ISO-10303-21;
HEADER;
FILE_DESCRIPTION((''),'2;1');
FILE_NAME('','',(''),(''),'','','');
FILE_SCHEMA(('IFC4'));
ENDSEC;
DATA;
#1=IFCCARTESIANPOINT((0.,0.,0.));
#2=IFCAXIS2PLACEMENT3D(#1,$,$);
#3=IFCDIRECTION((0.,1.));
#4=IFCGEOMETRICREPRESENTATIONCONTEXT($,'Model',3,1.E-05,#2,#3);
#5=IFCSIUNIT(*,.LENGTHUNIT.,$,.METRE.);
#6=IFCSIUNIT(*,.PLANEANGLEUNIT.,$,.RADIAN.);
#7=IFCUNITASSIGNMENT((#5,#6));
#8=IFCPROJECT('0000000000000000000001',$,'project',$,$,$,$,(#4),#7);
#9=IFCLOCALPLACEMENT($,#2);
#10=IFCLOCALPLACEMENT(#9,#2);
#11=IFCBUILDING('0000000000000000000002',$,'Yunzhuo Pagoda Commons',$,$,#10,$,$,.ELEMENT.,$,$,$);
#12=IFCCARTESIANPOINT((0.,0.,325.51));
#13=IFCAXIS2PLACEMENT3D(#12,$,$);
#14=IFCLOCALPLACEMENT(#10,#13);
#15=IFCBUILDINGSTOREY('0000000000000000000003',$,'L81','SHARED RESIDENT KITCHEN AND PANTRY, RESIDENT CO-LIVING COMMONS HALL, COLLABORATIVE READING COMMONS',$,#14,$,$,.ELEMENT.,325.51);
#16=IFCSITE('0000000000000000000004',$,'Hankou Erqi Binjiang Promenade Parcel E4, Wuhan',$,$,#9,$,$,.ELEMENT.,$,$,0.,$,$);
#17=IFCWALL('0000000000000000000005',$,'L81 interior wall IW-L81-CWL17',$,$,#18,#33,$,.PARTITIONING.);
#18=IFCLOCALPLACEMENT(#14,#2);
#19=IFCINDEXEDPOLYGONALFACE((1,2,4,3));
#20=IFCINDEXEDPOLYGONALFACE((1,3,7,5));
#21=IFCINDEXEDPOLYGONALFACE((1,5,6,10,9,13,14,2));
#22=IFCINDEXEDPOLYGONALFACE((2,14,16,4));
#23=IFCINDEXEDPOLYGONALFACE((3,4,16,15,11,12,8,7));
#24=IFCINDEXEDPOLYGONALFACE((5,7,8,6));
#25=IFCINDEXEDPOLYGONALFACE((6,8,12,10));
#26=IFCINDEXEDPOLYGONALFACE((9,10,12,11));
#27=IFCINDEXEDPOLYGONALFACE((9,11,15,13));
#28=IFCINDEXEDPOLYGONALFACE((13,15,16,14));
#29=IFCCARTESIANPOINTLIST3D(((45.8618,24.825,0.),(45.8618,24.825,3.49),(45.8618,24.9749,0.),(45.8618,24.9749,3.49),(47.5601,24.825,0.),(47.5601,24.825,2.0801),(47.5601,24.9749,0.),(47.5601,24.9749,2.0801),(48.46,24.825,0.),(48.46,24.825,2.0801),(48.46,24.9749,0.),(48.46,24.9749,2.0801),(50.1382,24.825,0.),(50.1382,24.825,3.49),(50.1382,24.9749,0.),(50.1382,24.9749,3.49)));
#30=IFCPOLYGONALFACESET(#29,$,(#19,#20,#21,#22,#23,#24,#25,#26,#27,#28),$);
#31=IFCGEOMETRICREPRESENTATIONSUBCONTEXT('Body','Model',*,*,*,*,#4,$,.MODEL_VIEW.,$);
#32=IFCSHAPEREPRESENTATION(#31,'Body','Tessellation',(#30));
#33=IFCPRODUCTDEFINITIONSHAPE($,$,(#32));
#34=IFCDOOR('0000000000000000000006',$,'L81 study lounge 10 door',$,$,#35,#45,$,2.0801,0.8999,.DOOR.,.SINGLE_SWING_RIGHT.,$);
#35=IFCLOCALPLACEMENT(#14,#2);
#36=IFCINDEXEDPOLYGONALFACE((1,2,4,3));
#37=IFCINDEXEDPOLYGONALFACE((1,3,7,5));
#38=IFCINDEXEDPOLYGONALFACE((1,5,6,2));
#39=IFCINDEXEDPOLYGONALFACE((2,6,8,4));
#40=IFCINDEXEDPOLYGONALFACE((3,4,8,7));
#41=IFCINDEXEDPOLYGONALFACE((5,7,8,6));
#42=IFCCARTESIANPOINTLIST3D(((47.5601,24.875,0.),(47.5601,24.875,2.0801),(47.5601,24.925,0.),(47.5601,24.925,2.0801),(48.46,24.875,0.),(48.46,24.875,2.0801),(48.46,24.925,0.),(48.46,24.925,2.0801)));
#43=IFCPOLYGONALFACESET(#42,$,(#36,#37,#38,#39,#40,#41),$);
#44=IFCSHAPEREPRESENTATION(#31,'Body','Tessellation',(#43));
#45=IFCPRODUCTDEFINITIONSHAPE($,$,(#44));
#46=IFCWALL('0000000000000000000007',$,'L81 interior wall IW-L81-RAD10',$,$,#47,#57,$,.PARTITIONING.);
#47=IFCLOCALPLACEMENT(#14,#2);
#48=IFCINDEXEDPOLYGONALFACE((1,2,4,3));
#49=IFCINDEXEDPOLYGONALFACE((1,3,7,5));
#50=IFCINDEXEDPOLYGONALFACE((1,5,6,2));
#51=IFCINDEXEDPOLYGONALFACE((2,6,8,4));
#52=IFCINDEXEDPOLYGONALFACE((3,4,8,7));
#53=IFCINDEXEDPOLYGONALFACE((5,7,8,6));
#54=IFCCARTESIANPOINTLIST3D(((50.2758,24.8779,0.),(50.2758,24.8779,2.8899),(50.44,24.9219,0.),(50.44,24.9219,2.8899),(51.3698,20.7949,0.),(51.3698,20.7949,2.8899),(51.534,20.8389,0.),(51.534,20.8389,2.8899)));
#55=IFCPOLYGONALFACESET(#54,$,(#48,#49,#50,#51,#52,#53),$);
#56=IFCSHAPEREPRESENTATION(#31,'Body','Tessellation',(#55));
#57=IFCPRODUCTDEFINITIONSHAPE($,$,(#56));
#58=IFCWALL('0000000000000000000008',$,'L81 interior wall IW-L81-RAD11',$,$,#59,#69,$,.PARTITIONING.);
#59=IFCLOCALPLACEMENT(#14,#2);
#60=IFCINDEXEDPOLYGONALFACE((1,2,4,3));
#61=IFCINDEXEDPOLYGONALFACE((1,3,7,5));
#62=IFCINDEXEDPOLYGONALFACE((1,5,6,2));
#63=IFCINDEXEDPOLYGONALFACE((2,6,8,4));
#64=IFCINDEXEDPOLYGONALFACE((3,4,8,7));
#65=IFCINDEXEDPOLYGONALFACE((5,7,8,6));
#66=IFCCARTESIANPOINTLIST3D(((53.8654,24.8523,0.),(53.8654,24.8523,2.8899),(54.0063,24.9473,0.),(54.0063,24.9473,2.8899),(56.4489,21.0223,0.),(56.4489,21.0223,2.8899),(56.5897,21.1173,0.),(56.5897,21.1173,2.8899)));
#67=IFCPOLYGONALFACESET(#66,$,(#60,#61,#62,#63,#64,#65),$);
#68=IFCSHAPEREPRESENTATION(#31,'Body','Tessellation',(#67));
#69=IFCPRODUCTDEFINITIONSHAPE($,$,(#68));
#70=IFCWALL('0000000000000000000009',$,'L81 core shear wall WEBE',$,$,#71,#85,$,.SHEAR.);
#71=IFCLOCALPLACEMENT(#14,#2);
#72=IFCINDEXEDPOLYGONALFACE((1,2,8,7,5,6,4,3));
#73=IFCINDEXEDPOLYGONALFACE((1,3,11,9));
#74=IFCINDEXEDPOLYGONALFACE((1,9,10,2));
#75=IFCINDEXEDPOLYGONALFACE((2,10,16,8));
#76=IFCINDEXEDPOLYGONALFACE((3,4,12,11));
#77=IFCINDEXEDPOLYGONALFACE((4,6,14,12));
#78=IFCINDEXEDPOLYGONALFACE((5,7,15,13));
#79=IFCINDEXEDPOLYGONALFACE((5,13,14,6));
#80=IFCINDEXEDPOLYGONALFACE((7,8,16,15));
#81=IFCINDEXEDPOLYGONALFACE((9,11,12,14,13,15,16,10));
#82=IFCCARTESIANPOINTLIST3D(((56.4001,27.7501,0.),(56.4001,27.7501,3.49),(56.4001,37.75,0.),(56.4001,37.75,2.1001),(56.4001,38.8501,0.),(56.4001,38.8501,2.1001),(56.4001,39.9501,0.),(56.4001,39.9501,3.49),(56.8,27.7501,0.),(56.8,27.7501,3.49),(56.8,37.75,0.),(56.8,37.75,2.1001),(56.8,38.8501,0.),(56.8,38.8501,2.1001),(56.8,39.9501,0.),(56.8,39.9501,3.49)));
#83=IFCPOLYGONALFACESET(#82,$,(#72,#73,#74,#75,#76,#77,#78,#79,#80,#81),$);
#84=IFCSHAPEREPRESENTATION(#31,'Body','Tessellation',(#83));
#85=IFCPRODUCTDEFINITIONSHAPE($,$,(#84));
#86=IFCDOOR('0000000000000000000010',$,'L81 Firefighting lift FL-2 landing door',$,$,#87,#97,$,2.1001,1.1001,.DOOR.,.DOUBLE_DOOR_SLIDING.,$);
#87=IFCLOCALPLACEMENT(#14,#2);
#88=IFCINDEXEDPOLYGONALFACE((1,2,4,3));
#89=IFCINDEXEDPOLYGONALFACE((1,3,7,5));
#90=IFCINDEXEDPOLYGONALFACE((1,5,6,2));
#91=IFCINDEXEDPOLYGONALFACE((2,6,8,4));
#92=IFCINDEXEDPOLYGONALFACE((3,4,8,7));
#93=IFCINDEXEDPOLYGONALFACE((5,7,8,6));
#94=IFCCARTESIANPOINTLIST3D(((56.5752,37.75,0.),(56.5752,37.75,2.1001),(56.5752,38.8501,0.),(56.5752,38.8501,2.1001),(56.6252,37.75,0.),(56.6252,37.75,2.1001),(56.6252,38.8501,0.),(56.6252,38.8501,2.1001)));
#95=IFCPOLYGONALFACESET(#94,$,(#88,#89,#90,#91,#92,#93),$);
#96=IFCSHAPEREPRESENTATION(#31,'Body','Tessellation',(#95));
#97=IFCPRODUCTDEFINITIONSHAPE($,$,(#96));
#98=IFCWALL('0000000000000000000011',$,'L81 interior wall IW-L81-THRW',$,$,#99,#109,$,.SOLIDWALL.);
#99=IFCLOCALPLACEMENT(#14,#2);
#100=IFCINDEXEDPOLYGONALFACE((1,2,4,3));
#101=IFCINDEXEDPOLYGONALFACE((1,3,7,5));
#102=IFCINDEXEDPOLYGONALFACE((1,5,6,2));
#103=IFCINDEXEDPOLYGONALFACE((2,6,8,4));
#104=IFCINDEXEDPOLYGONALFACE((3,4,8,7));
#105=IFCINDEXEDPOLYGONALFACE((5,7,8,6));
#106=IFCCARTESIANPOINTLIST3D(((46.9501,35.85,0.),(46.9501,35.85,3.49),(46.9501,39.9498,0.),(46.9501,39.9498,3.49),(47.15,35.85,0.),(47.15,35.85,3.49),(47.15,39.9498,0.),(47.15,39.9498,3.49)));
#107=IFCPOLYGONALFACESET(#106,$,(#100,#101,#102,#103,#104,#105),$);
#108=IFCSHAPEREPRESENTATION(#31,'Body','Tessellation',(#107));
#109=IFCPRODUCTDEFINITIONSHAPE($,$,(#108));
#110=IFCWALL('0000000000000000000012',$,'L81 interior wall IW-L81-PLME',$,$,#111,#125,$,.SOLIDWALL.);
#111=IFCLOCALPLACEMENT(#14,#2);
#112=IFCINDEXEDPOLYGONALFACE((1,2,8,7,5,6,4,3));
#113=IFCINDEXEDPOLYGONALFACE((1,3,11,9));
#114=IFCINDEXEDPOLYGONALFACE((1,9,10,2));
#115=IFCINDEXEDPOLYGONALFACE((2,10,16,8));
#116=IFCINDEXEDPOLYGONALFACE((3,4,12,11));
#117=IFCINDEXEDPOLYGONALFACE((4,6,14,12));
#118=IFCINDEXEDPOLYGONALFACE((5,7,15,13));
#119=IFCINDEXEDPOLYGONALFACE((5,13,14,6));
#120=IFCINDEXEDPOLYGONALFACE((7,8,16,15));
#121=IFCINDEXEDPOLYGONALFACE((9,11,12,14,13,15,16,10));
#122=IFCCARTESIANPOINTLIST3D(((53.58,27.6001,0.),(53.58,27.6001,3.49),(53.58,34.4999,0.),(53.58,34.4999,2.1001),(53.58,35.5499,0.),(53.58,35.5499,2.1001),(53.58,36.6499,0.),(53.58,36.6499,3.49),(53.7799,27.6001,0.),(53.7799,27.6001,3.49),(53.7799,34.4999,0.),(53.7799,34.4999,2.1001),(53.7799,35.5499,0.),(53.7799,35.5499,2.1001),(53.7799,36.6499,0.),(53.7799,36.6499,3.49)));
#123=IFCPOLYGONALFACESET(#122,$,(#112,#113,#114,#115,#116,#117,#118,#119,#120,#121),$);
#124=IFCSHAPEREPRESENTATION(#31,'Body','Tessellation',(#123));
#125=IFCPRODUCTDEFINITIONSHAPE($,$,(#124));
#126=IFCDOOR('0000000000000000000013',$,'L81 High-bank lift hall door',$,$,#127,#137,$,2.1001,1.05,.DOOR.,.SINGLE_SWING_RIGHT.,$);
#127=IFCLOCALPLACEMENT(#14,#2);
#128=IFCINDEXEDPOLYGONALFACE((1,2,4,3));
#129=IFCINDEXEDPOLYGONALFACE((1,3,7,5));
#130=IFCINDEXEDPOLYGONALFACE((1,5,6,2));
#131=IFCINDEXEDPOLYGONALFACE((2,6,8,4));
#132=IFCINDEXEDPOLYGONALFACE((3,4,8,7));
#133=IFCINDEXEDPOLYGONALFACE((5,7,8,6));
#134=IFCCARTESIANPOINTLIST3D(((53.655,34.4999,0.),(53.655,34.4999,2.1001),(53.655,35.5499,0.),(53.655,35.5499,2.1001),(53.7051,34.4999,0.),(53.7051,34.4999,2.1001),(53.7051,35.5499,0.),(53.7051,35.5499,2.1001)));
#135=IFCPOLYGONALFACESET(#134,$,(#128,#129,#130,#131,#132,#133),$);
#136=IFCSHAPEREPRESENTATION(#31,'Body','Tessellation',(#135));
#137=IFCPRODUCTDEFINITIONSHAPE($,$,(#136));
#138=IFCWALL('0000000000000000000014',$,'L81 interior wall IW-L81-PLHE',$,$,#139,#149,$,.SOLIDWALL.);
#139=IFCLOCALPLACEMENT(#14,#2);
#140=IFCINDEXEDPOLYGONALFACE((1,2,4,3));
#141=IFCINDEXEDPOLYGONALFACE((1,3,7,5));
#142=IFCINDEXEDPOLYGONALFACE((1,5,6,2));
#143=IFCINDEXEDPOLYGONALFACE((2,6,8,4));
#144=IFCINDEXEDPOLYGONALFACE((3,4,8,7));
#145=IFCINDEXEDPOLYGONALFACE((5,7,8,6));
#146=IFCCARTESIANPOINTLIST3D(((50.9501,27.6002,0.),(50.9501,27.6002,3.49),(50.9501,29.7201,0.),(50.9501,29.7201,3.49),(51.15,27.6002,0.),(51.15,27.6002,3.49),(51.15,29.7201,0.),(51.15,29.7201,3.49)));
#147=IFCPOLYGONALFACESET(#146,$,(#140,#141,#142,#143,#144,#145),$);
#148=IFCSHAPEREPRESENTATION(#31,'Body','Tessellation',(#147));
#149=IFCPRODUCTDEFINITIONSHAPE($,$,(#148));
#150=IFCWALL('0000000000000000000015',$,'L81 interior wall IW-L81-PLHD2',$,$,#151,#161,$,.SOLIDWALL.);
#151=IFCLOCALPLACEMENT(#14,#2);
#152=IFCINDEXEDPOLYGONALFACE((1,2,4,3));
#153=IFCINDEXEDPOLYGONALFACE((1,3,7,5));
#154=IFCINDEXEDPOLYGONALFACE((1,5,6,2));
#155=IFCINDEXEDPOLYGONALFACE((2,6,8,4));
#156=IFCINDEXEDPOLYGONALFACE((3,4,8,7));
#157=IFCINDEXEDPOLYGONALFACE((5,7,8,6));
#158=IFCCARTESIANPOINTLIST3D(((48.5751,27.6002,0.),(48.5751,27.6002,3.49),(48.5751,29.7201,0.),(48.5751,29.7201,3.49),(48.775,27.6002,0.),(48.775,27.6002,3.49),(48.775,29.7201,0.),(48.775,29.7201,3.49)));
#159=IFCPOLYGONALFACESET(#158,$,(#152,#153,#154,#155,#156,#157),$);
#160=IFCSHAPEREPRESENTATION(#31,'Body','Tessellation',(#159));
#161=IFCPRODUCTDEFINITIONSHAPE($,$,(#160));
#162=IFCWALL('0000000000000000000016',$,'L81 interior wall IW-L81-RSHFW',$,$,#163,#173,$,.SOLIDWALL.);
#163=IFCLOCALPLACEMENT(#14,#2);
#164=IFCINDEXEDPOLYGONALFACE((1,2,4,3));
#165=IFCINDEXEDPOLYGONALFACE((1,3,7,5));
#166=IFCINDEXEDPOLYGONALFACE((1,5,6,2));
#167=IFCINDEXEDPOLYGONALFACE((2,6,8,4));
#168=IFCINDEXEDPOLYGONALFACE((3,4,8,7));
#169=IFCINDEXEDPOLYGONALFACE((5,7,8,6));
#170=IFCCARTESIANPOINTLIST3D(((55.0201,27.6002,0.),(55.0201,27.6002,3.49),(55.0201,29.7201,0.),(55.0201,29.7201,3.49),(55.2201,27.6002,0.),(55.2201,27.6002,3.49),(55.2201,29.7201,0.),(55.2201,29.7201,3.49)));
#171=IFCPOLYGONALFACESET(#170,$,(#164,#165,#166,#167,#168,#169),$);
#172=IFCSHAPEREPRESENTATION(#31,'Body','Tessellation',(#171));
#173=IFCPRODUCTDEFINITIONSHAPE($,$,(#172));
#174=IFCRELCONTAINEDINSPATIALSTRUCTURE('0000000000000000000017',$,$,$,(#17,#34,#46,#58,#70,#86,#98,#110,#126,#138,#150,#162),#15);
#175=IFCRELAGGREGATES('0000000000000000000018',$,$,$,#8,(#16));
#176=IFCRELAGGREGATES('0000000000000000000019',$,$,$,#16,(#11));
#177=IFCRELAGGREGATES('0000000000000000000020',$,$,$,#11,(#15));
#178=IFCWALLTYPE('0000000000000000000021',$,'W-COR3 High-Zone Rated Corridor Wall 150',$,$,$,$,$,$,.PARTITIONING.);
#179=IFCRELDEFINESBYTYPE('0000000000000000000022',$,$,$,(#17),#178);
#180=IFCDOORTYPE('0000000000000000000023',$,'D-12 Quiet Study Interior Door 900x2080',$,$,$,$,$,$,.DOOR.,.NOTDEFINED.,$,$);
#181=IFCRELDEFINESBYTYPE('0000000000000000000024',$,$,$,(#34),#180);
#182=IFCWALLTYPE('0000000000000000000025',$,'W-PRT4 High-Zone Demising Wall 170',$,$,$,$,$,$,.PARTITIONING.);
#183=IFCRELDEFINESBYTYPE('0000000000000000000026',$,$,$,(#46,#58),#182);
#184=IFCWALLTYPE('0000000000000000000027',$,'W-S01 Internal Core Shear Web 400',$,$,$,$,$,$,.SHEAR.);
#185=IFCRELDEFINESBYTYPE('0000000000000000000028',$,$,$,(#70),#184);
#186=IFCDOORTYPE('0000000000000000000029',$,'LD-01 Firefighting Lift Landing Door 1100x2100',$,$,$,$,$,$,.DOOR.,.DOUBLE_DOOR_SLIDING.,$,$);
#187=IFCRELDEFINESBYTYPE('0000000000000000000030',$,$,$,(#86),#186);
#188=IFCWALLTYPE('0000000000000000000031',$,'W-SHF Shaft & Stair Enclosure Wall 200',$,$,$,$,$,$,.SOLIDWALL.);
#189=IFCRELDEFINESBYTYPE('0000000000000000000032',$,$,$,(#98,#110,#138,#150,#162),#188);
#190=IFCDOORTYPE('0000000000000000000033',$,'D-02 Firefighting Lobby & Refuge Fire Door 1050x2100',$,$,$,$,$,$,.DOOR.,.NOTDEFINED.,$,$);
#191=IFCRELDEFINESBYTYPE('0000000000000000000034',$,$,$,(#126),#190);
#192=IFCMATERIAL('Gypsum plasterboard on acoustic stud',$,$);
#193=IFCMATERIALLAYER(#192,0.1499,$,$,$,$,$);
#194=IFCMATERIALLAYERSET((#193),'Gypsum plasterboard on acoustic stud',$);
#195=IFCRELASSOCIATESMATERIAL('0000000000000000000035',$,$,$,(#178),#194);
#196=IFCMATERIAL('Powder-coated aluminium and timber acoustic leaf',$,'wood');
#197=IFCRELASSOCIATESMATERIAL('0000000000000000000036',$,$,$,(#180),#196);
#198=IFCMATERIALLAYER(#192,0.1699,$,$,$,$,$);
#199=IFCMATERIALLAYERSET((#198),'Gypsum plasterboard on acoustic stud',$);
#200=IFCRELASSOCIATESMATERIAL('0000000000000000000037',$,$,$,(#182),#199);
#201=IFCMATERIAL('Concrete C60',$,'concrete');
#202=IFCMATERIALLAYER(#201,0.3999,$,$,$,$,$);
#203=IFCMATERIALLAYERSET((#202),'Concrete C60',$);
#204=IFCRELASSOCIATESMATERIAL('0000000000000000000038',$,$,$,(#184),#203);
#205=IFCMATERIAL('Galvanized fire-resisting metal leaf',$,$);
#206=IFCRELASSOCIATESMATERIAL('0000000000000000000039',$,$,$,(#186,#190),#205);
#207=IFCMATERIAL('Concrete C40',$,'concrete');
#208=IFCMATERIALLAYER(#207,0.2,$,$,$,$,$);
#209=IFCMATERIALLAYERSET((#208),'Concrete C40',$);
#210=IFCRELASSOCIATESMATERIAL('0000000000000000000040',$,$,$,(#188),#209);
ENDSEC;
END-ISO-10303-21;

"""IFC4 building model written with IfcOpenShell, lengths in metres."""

from ifc_helpers import new_model, si_unit, direction, frame, frame_2d, origin, origin_with_axes, place, context, subcontext, project, spatial, rectangle, extrude, source, transform, mapped, material, layer, layer_set, type_object, element, fill, save


model = new_model("IFC4")

# Units and contexts
model_context = context("Model", 3, precision=1e-05, world=origin(), true_north=direction((0.0, 1.0)))
body_context = subcontext(model_context, "Body", "Model", "MODEL_VIEW")
ifc_project = project(units=[si_unit("LENGTHUNIT", "METRE"), si_unit("PLANEANGLEUNIT", "RADIAN")], contexts=[model_context])

# Site, building, storey
site_placement = place(None, origin())
site = spatial("IfcSite", under=ifc_project, at=site_placement, Name="Hankou Erqi Binjiang Promenade Parcel E4, Wuhan", CompositionType="ELEMENT", RefElevation=0.0)
building_placement = place(site_placement, origin())
building = spatial("IfcBuilding", under=site, at=building_placement, Name="Yunzhuo Pagoda Commons", CompositionType="ELEMENT")
storey_placement = place(building_placement, frame((0.0, 0.0, 325.51)))
storey = spatial("IfcBuildingStorey", under=building, at=storey_placement, Name="L81", Description="SHARED RESIDENT KITCHEN AND PANTRY, RESIDENT CO-LIVING COMMONS HALL, COLLABORATIVE READING COMMONS", CompositionType="ELEMENT", Elevation=325.51)

# Shared definitions
ifc_material_1 = material(Name="Gypsum plasterboard on acoustic stud")
ifc_layer_1 = layer(ifc_material_1, 0.1499)
ifc_layer_set_1 = layer_set([ifc_layer_1], Name="Gypsum plasterboard on acoustic stud")
wall_type_1 = type_object("IfcWallType", Name="W-COR3 High-Zone Rated Corridor Wall 150", PredefinedType="PARTITIONING", material=ifc_layer_set_1)

# Wall, opening, door
ifc_material_2 = material(Name="Galvanized fire-resisting metal leaf")
wall_1_placement = place(storey_placement, frame((50.1382, 24.8999, 0.0), z_axis=(0.0, 0.0, 1.0), x_axis=(-1.0, 0.0, 0.0)))
wall_1 = element("IfcWall", 1, at=wall_1_placement, inside=storey, type_object=wall_type_1, Name="L81 interior wall IW-L81-CWL17", PredefinedType="PARTITIONING", context=body_context, shape_type="SweptSolid", body=[
    extrude(rectangle(XDim=4.2764, YDim=0.1499, at=frame_2d((2.1382, 0.0))), origin(), (0.0, 0.0, 1.0), 3.49),
])
opening_1_placement = place(wall_1_placement, frame((1.6782, 0.0, 0.0)))
opening_1 = element("IfcOpeningElement", 2, at=opening_1_placement, cuts=wall_1, PredefinedType="OPENING", context=body_context, shape_type="SweptSolid", body=[
    extrude(rectangle(XDim=0.8999, YDim=2.0801, at=frame_2d((0.45, 1.04))), frame((0.0, 0.085, 0.0), z_axis=(0.0, -1.0, 0.0), x_axis=(1.0, 0.0, 0.0)), (0.0, 0.0, 1.0), 0.1699),
])
ifc_material_3 = material(Name="Powder-coated aluminium and timber acoustic leaf", Category="wood")
door_type_1 = type_object("IfcDoorType", Name="D-12 Quiet Study Interior Door 900x2080", OperationType="NOTDEFINED", PredefinedType="DOOR", material=ifc_material_3)
shared_shape_1 = source(origin(), body_context, "Body", "SweptSolid", [
    extrude(rectangle(XDim=0.8999, YDim=2.0801, at=frame_2d((0.45, 1.04))), frame((0.0, 0.0249, 0.0), z_axis=(0.0, -1.0, 0.0), x_axis=(1.0, 0.0, 0.0)), (0.0, 0.0, 1.0), 0.05),
])
door_1_placement = place(opening_1_placement, origin_with_axes())
door_1 = element("IfcDoor", 3, at=door_1_placement, inside=storey, type_object=door_type_1, Name="L81 study lounge 10 door", OperationType="SINGLE_SWING_RIGHT", OverallHeight=2.0801, OverallWidth=0.8999, PredefinedType="DOOR", context=body_context, shape_type="MappedRepresentation", body=[
    mapped(shared_shape_1, transform((0.0, 0.0, 0.0), scale=1.0)),
])
fill(opening_1, door_1)

# Walls
ifc_layer_2 = layer(ifc_material_1, 0.1699)
ifc_layer_set_2 = layer_set([ifc_layer_2], Name="Gypsum plasterboard on acoustic stud")
wall_type_2 = type_object("IfcWallType", Name="W-PRT4 High-Zone Demising Wall 170", PredefinedType="PARTITIONING", material=ifc_layer_set_2)
wall_2_placement = place(storey_placement, frame((50.3579, 24.8999, 0.0), z_axis=(0.0, 0.0, 1.0), x_axis=(0.258809, -0.965928, 0.0)))
element("IfcWall", 4, at=wall_2_placement, inside=storey, type_object=wall_type_2, Name="L81 interior wall IW-L81-RAD10", PredefinedType="PARTITIONING", context=body_context, shape_type="SweptSolid", body=[
    extrude(rectangle(XDim=4.2271, YDim=0.1699, at=frame_2d((2.1135, 0.0))), origin(), (0.0, 0.0, 1.0), 2.8899),
])
wall_3_placement = place(storey_placement, frame((53.9358, 24.8999, 0.0), z_axis=(0.0, 0.0, 1.0), x_axis=(0.559204, -0.82903, 0.0)))
element("IfcWall", 5, at=wall_3_placement, inside=storey, type_object=wall_type_2, Name="L81 interior wall IW-L81-RAD11", PredefinedType="PARTITIONING", context=body_context, shape_type="SweptSolid", body=[
    extrude(rectangle(XDim=4.6199, YDim=0.1699, at=frame_2d((2.3101, 0.0))), origin(), (0.0, 0.0, 1.0), 2.8899),
])

# Wall, opening, door
ifc_material_4 = material(Name="Concrete C60", Category="concrete")
ifc_layer_3 = layer(ifc_material_4, 0.3999)
ifc_layer_set_3 = layer_set([ifc_layer_3], Name="Concrete C60")
wall_type_3 = type_object("IfcWallType", Name="W-S01 Internal Core Shear Web 400", PredefinedType="SHEAR", material=ifc_layer_set_3)
wall_4_placement = place(storey_placement, frame((56.6001, 27.75, 0.0), z_axis=(0.0, 0.0, 1.0), x_axis=(0.0, 1.0, 0.0)))
wall_4 = element("IfcWall", 6, at=wall_4_placement, inside=storey, type_object=wall_type_3, Name="L81 core shear wall WEBE", PredefinedType="SHEAR", context=body_context, shape_type="SweptSolid", body=[
    extrude(rectangle(XDim=12.2, YDim=0.3999, at=frame_2d((6.1001, 0.0))), origin(), (0.0, 0.0, 1.0), 3.49),
])
opening_2_placement = place(wall_4_placement, frame((10.0, 0.0, 0.0)))
opening_2 = element("IfcOpeningElement", 7, at=opening_2_placement, cuts=wall_4, PredefinedType="OPENING", context=body_context, shape_type="SweptSolid", body=[
    extrude(rectangle(XDim=1.1001, YDim=2.1001, at=frame_2d((0.55, 1.05))), frame((0.0, 0.21, 0.0), z_axis=(0.0, -1.0, 0.0), x_axis=(1.0, 0.0, 0.0)), (0.0, 0.0, 1.0), 0.4199),
])
door_type_2 = type_object("IfcDoorType", Name="LD-01 Firefighting Lift Landing Door 1100x2100", OperationType="DOUBLE_DOOR_SLIDING", PredefinedType="DOOR", material=ifc_material_2)
shared_shape_2 = source(origin(), body_context, "Body", "SweptSolid", [
    extrude(rectangle(XDim=1.1001, YDim=2.1001, at=frame_2d((0.55, 1.05))), frame((0.0, 0.0249, 0.0), z_axis=(0.0, -1.0, 0.0), x_axis=(1.0, 0.0, 0.0)), (0.0, 0.0, 1.0), 0.05),
])
door_2_placement = place(opening_2_placement, origin_with_axes())
door_2 = element("IfcDoor", 8, at=door_2_placement, inside=storey, type_object=door_type_2, Name="L81 Firefighting lift FL-2 landing door", OperationType="DOUBLE_DOOR_SLIDING", OverallHeight=2.1001, OverallWidth=1.1001, PredefinedType="DOOR", context=body_context, shape_type="MappedRepresentation", body=[
    mapped(shared_shape_2, transform((0.0, 0.0, 0.0), scale=1.0)),
])
fill(opening_2, door_2)

# Wall
ifc_material_5 = material(Name="Concrete C40", Category="concrete")
ifc_layer_4 = layer(ifc_material_5, 0.2)
ifc_layer_set_4 = layer_set([ifc_layer_4], Name="Concrete C40")
wall_type_4 = type_object("IfcWallType", Name="W-SHF Shaft & Stair Enclosure Wall 200", PredefinedType="SOLIDWALL", material=ifc_layer_set_4)
wall_5_placement = place(storey_placement, frame((47.05, 35.8501, 0.0), z_axis=(0.0, 0.0, 1.0), x_axis=(0.0, 1.0, 0.0)))
element("IfcWall", 9, at=wall_5_placement, inside=storey, type_object=wall_type_4, Name="L81 interior wall IW-L81-THRW", PredefinedType="SOLIDWALL", context=body_context, shape_type="SweptSolid", body=[
    extrude(rectangle(XDim=4.0999, YDim=0.2, at=frame_2d((2.0498, 0.0))), origin(), (0.0, 0.0, 1.0), 3.49),
])

# Wall, opening, door
wall_6_placement = place(storey_placement, frame((53.6799, 27.6001, 0.0), z_axis=(0.0, 0.0, 1.0), x_axis=(0.0, 1.0, 0.0)))
wall_6 = element("IfcWall", 10, at=wall_6_placement, inside=storey, type_object=wall_type_4, Name="L81 interior wall IW-L81-PLME", PredefinedType="SOLIDWALL", context=body_context, shape_type="SweptSolid", body=[
    extrude(rectangle(XDim=9.0498, YDim=0.2, at=frame_2d((4.5249, 0.0))), origin(), (0.0, 0.0, 1.0), 3.49),
])
opening_3_placement = place(wall_6_placement, frame((6.8999, 0.0, 0.0)))
opening_3 = element("IfcOpeningElement", 11, at=opening_3_placement, cuts=wall_6, PredefinedType="OPENING", context=body_context, shape_type="SweptSolid", body=[
    extrude(rectangle(XDim=1.05, YDim=2.1001, at=frame_2d((0.5249, 1.05))), frame((0.0, 0.1099, 0.0), z_axis=(0.0, -1.0, 0.0), x_axis=(1.0, 0.0, 0.0)), (0.0, 0.0, 1.0), 0.22),
])
door_type_3 = type_object("IfcDoorType", Name="D-02 Firefighting Lobby & Refuge Fire Door 1050x2100", OperationType="NOTDEFINED", PredefinedType="DOOR", material=ifc_material_2)
shared_shape_3 = source(origin(), body_context, "Body", "SweptSolid", [
    extrude(rectangle(XDim=1.05, YDim=2.1001, at=frame_2d((0.5249, 1.05))), frame((0.0, 0.0249, 0.0), z_axis=(0.0, -1.0, 0.0), x_axis=(1.0, 0.0, 0.0)), (0.0, 0.0, 1.0), 0.05),
])
door_3_placement = place(opening_3_placement, origin_with_axes())
door_3 = element("IfcDoor", 12, at=door_3_placement, inside=storey, type_object=door_type_3, Name="L81 High-bank lift hall door", OperationType="SINGLE_SWING_RIGHT", OverallHeight=2.1001, OverallWidth=1.05, PredefinedType="DOOR", context=body_context, shape_type="MappedRepresentation", body=[
    mapped(shared_shape_3, transform((0.0, 0.0, 0.0), scale=1.0)),
])
fill(opening_3, door_3)

# Walls
for number, where, z_axis, x_axis, name in (
    (13, (51.05, 27.6001, 0.0), (0.0, 0.0, 1.0), (0.0, 1.0, 0.0), "L81 interior wall IW-L81-PLHE"),
    (14, (48.675, 27.6001, 0.0), (0.0, 0.0, 1.0), (0.0, 1.0, 0.0), "L81 interior wall IW-L81-PLHD2"),
    (15, (55.1201, 27.6001, 0.0), (0.0, 0.0, 1.0), (0.0, 1.0, 0.0), "L81 interior wall IW-L81-RSHFW"),
):
    element("IfcWall", number, at=place(storey_placement, frame(where, z_axis=z_axis, x_axis=x_axis)), inside=storey, type_object=wall_type_4, Name=name, PredefinedType="SOLIDWALL", context=body_context, shape_type="SweptSolid", body=[
        extrude(rectangle(XDim=2.1199, YDim=0.2, at=frame_2d((1.0601, 0.0))), origin(), (0.0, 0.0, 1.0), 3.49),
    ])

save(model, "model.ifc")
